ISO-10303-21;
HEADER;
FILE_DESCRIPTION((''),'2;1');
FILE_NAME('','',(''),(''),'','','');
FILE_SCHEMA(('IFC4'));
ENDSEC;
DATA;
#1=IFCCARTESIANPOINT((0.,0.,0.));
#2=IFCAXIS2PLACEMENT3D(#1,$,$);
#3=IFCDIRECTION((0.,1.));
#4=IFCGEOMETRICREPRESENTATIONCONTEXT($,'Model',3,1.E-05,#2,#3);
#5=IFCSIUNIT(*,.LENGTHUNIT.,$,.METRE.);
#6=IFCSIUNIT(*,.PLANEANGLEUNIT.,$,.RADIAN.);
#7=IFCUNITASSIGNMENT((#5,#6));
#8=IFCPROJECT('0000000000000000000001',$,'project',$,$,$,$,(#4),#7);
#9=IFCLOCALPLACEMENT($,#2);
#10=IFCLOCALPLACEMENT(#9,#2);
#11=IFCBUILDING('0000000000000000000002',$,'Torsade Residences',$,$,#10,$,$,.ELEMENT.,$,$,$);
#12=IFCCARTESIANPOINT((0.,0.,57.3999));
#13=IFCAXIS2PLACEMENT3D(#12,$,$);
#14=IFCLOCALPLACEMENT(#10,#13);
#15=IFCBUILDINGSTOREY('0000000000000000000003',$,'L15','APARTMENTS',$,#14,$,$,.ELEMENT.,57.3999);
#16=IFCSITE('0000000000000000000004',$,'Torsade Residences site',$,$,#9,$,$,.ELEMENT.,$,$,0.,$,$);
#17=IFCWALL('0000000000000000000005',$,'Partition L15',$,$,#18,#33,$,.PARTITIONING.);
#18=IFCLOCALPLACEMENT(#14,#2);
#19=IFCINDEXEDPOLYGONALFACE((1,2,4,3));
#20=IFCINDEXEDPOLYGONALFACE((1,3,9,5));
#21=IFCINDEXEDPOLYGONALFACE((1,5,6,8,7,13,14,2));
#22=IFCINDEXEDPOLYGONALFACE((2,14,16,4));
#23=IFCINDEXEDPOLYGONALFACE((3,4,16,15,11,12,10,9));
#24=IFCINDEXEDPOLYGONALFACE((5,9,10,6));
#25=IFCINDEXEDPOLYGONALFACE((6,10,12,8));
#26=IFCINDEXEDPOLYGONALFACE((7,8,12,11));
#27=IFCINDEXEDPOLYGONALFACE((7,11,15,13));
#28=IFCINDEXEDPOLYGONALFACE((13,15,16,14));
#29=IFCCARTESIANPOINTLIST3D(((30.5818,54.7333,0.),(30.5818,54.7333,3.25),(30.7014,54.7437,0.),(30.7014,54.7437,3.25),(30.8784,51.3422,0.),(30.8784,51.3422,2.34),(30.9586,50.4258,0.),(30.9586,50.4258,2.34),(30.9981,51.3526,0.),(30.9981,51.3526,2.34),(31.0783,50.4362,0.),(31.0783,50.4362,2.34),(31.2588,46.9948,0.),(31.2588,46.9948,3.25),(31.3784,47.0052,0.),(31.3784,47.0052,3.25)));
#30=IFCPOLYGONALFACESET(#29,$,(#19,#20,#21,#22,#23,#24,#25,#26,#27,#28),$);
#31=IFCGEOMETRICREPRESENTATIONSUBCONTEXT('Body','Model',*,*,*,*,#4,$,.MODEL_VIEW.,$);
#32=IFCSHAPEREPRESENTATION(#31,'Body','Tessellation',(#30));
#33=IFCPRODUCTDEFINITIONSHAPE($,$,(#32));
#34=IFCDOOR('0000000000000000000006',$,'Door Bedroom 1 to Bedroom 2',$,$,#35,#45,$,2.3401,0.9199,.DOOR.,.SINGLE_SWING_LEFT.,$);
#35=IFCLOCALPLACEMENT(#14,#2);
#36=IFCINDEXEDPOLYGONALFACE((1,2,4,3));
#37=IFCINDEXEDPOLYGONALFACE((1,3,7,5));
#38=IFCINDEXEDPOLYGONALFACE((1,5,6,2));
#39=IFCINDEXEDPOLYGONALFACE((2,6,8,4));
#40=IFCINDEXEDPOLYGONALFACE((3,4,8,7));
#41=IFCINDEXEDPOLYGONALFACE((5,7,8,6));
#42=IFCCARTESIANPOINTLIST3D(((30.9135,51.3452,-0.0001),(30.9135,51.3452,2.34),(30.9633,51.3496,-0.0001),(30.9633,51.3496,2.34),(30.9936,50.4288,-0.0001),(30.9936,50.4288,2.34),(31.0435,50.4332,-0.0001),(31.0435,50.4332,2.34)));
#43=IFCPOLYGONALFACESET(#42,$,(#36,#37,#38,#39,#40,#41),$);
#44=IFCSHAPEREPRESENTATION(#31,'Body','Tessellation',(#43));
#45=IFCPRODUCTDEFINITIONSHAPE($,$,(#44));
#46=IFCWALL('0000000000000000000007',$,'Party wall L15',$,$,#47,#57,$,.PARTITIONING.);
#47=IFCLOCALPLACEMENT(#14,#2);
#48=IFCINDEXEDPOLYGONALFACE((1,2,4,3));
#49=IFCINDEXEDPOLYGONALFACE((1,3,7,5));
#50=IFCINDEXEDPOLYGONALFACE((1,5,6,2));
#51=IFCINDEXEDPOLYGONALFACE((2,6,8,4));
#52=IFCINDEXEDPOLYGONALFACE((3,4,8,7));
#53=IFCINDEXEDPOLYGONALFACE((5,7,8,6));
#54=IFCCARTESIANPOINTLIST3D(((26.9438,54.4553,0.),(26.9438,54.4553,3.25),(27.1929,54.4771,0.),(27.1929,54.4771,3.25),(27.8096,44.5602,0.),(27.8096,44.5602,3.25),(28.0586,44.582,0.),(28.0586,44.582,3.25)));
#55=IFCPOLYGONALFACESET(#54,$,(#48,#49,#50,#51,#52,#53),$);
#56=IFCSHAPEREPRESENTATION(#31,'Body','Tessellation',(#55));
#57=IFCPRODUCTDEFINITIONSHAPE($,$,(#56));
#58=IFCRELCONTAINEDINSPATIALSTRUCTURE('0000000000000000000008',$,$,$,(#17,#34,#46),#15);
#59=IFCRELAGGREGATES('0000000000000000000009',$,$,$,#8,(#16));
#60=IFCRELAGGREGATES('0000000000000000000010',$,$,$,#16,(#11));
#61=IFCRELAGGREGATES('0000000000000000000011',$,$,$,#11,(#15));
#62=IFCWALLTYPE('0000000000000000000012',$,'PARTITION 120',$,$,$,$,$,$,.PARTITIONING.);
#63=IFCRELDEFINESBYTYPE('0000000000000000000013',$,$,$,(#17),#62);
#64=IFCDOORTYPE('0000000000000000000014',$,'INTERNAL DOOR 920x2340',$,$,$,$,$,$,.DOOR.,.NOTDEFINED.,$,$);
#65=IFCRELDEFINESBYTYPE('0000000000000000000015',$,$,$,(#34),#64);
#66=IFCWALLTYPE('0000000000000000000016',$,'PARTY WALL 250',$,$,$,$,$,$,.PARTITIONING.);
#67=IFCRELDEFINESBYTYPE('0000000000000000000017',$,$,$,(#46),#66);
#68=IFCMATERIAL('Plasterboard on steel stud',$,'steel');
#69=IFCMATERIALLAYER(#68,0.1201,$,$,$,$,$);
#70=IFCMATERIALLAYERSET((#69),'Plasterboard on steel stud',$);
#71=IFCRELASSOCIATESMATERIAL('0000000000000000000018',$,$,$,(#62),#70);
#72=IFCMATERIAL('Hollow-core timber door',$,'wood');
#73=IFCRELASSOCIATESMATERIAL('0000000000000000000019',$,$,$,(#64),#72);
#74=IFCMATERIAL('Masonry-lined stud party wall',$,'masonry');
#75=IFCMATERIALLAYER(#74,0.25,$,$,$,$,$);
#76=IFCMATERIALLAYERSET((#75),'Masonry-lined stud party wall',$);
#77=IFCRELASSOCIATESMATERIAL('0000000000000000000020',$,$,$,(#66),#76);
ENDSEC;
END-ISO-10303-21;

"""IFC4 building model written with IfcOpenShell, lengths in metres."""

from ifc_helpers import new_model, si_unit, direction, frame, frame_2d, origin, place, context, subcontext, project, spatial, rectangle, extrude, material, layer, layer_set, type_object, element, fill, save


model = new_model("IFC4")

# Units and contexts
model_context = context("Model", 3, precision=1e-05, world=origin(), true_north=direction((0.0, 1.0)))
body_context = subcontext(model_context, "Body", "Model", "MODEL_VIEW")
ifc_project = project(units=[si_unit("LENGTHUNIT", "METRE"), si_unit("PLANEANGLEUNIT", "RADIAN")], contexts=[model_context])

# Site, building, storey
site_placement = place(None, origin())
site = spatial("IfcSite", under=ifc_project, at=site_placement, Name="Torsade Residences site", CompositionType="ELEMENT", RefElevation=0.0)
building_placement = place(site_placement, origin())
building = spatial("IfcBuilding", under=site, at=building_placement, Name="Torsade Residences", CompositionType="ELEMENT")
storey_placement = place(building_placement, frame((0.0, 0.0, 57.3999)))
storey = spatial("IfcBuildingStorey", under=building, at=storey_placement, Name="L15", Description="APARTMENTS", CompositionType="ELEMENT", Elevation=57.3999)

# Shared definitions
ifc_material_1 = material(Name="Plasterboard on steel stud", Category="steel")
ifc_layer_1 = layer(ifc_material_1, 0.1201)
ifc_layer_set_1 = layer_set([ifc_layer_1], Name="Plasterboard on steel stud")
wall_type_1 = type_object("IfcWallType", Name="PARTITION 120", PredefinedType="PARTITIONING", material=ifc_layer_set_1)
ifc_material_2 = material(Name="Hollow-core timber door", Category="wood")
door_type_1 = type_object("IfcDoorType", Name="INTERNAL DOOR 920x2340", OperationType="NOTDEFINED", PredefinedType="DOOR", material=ifc_material_2)

# Wall, opening, door
wall_1_placement = place(storey_placement, frame((31.3186, 47.0, 0.0), z_axis=(0.0, 0.0, 1.0), x_axis=(-0.087152, 0.996195, 0.0)))
wall_1 = element("IfcWall", 1, at=wall_1_placement, inside=storey, type_object=wall_type_1, Name="Partition L15", PredefinedType="PARTITIONING", context=body_context, shape_type="SweptSolid", body=[
    extrude(rectangle(XDim=7.7681, YDim=0.1201, at=frame_2d((3.884, 0.0))), origin(), (0.0, 0.0, 1.0), 3.25),
])
opening_1_placement = place(wall_1_placement, frame((3.4441, 0.0, 0.0)))
opening_1 = element("IfcOpeningElement", 2, at=opening_1_placement, cuts=wall_1, PredefinedType="OPENING", context=body_context, shape_type="SweptSolid", body=[
    extrude(rectangle(XDim=0.9199, YDim=2.3401, at=frame_2d((0.46, 1.1699))), frame((0.0, 0.0701, 0.0), z_axis=(0.0, -1.0, 0.0), x_axis=(1.0, 0.0, 0.0)), (0.0, 0.0, 1.0), 0.1401),
])
door_1_placement = place(opening_1_placement, origin())
door_1 = element("IfcDoor", 3, at=door_1_placement, inside=storey, type_object=door_type_1, Name="Door Bedroom 1 to Bedroom 2", OperationType="SINGLE_SWING_LEFT", OverallHeight=2.3401, OverallWidth=0.9199, PredefinedType="DOOR", context=body_context, shape_type="SweptSolid", body=[
    extrude(rectangle(XDim=0.9199, YDim=2.3401, at=frame_2d((0.46, 1.1699))), frame((0.0, 0.0249, 0.0), z_axis=(0.0, -1.0, 0.0), x_axis=(1.0, 0.0, 0.0)), (0.0, 0.0, 1.0), 0.05),
])
fill(opening_1, door_1)

# Wall
ifc_material_3 = material(Name="Masonry-lined stud party wall", Category="masonry")
ifc_layer_2 = layer(ifc_material_3, 0.25)
ifc_layer_set_2 = layer_set([ifc_layer_2], Name="Masonry-lined stud party wall")
wall_type_2 = type_object("IfcWallType", Name="PARTY WALL 250", PredefinedType="PARTITIONING", material=ifc_layer_set_2)
wall_2_placement = place(storey_placement, frame((27.0684, 54.4661, 0.0), z_axis=(0.0, 0.0, 1.0), x_axis=(0.087158, -0.996195, 0.0)))
element("IfcWall", 4, at=wall_2_placement, inside=storey, type_object=wall_type_2, Name="Party wall L15", PredefinedType="PARTITIONING", context=body_context, shape_type="SweptSolid", body=[
    extrude(rectangle(XDim=9.9329, YDim=0.25, at=frame_2d((4.9663, 0.0))), origin(), (0.0, 0.0, 1.0), 3.25),
])

save(model, "model.ifc")
